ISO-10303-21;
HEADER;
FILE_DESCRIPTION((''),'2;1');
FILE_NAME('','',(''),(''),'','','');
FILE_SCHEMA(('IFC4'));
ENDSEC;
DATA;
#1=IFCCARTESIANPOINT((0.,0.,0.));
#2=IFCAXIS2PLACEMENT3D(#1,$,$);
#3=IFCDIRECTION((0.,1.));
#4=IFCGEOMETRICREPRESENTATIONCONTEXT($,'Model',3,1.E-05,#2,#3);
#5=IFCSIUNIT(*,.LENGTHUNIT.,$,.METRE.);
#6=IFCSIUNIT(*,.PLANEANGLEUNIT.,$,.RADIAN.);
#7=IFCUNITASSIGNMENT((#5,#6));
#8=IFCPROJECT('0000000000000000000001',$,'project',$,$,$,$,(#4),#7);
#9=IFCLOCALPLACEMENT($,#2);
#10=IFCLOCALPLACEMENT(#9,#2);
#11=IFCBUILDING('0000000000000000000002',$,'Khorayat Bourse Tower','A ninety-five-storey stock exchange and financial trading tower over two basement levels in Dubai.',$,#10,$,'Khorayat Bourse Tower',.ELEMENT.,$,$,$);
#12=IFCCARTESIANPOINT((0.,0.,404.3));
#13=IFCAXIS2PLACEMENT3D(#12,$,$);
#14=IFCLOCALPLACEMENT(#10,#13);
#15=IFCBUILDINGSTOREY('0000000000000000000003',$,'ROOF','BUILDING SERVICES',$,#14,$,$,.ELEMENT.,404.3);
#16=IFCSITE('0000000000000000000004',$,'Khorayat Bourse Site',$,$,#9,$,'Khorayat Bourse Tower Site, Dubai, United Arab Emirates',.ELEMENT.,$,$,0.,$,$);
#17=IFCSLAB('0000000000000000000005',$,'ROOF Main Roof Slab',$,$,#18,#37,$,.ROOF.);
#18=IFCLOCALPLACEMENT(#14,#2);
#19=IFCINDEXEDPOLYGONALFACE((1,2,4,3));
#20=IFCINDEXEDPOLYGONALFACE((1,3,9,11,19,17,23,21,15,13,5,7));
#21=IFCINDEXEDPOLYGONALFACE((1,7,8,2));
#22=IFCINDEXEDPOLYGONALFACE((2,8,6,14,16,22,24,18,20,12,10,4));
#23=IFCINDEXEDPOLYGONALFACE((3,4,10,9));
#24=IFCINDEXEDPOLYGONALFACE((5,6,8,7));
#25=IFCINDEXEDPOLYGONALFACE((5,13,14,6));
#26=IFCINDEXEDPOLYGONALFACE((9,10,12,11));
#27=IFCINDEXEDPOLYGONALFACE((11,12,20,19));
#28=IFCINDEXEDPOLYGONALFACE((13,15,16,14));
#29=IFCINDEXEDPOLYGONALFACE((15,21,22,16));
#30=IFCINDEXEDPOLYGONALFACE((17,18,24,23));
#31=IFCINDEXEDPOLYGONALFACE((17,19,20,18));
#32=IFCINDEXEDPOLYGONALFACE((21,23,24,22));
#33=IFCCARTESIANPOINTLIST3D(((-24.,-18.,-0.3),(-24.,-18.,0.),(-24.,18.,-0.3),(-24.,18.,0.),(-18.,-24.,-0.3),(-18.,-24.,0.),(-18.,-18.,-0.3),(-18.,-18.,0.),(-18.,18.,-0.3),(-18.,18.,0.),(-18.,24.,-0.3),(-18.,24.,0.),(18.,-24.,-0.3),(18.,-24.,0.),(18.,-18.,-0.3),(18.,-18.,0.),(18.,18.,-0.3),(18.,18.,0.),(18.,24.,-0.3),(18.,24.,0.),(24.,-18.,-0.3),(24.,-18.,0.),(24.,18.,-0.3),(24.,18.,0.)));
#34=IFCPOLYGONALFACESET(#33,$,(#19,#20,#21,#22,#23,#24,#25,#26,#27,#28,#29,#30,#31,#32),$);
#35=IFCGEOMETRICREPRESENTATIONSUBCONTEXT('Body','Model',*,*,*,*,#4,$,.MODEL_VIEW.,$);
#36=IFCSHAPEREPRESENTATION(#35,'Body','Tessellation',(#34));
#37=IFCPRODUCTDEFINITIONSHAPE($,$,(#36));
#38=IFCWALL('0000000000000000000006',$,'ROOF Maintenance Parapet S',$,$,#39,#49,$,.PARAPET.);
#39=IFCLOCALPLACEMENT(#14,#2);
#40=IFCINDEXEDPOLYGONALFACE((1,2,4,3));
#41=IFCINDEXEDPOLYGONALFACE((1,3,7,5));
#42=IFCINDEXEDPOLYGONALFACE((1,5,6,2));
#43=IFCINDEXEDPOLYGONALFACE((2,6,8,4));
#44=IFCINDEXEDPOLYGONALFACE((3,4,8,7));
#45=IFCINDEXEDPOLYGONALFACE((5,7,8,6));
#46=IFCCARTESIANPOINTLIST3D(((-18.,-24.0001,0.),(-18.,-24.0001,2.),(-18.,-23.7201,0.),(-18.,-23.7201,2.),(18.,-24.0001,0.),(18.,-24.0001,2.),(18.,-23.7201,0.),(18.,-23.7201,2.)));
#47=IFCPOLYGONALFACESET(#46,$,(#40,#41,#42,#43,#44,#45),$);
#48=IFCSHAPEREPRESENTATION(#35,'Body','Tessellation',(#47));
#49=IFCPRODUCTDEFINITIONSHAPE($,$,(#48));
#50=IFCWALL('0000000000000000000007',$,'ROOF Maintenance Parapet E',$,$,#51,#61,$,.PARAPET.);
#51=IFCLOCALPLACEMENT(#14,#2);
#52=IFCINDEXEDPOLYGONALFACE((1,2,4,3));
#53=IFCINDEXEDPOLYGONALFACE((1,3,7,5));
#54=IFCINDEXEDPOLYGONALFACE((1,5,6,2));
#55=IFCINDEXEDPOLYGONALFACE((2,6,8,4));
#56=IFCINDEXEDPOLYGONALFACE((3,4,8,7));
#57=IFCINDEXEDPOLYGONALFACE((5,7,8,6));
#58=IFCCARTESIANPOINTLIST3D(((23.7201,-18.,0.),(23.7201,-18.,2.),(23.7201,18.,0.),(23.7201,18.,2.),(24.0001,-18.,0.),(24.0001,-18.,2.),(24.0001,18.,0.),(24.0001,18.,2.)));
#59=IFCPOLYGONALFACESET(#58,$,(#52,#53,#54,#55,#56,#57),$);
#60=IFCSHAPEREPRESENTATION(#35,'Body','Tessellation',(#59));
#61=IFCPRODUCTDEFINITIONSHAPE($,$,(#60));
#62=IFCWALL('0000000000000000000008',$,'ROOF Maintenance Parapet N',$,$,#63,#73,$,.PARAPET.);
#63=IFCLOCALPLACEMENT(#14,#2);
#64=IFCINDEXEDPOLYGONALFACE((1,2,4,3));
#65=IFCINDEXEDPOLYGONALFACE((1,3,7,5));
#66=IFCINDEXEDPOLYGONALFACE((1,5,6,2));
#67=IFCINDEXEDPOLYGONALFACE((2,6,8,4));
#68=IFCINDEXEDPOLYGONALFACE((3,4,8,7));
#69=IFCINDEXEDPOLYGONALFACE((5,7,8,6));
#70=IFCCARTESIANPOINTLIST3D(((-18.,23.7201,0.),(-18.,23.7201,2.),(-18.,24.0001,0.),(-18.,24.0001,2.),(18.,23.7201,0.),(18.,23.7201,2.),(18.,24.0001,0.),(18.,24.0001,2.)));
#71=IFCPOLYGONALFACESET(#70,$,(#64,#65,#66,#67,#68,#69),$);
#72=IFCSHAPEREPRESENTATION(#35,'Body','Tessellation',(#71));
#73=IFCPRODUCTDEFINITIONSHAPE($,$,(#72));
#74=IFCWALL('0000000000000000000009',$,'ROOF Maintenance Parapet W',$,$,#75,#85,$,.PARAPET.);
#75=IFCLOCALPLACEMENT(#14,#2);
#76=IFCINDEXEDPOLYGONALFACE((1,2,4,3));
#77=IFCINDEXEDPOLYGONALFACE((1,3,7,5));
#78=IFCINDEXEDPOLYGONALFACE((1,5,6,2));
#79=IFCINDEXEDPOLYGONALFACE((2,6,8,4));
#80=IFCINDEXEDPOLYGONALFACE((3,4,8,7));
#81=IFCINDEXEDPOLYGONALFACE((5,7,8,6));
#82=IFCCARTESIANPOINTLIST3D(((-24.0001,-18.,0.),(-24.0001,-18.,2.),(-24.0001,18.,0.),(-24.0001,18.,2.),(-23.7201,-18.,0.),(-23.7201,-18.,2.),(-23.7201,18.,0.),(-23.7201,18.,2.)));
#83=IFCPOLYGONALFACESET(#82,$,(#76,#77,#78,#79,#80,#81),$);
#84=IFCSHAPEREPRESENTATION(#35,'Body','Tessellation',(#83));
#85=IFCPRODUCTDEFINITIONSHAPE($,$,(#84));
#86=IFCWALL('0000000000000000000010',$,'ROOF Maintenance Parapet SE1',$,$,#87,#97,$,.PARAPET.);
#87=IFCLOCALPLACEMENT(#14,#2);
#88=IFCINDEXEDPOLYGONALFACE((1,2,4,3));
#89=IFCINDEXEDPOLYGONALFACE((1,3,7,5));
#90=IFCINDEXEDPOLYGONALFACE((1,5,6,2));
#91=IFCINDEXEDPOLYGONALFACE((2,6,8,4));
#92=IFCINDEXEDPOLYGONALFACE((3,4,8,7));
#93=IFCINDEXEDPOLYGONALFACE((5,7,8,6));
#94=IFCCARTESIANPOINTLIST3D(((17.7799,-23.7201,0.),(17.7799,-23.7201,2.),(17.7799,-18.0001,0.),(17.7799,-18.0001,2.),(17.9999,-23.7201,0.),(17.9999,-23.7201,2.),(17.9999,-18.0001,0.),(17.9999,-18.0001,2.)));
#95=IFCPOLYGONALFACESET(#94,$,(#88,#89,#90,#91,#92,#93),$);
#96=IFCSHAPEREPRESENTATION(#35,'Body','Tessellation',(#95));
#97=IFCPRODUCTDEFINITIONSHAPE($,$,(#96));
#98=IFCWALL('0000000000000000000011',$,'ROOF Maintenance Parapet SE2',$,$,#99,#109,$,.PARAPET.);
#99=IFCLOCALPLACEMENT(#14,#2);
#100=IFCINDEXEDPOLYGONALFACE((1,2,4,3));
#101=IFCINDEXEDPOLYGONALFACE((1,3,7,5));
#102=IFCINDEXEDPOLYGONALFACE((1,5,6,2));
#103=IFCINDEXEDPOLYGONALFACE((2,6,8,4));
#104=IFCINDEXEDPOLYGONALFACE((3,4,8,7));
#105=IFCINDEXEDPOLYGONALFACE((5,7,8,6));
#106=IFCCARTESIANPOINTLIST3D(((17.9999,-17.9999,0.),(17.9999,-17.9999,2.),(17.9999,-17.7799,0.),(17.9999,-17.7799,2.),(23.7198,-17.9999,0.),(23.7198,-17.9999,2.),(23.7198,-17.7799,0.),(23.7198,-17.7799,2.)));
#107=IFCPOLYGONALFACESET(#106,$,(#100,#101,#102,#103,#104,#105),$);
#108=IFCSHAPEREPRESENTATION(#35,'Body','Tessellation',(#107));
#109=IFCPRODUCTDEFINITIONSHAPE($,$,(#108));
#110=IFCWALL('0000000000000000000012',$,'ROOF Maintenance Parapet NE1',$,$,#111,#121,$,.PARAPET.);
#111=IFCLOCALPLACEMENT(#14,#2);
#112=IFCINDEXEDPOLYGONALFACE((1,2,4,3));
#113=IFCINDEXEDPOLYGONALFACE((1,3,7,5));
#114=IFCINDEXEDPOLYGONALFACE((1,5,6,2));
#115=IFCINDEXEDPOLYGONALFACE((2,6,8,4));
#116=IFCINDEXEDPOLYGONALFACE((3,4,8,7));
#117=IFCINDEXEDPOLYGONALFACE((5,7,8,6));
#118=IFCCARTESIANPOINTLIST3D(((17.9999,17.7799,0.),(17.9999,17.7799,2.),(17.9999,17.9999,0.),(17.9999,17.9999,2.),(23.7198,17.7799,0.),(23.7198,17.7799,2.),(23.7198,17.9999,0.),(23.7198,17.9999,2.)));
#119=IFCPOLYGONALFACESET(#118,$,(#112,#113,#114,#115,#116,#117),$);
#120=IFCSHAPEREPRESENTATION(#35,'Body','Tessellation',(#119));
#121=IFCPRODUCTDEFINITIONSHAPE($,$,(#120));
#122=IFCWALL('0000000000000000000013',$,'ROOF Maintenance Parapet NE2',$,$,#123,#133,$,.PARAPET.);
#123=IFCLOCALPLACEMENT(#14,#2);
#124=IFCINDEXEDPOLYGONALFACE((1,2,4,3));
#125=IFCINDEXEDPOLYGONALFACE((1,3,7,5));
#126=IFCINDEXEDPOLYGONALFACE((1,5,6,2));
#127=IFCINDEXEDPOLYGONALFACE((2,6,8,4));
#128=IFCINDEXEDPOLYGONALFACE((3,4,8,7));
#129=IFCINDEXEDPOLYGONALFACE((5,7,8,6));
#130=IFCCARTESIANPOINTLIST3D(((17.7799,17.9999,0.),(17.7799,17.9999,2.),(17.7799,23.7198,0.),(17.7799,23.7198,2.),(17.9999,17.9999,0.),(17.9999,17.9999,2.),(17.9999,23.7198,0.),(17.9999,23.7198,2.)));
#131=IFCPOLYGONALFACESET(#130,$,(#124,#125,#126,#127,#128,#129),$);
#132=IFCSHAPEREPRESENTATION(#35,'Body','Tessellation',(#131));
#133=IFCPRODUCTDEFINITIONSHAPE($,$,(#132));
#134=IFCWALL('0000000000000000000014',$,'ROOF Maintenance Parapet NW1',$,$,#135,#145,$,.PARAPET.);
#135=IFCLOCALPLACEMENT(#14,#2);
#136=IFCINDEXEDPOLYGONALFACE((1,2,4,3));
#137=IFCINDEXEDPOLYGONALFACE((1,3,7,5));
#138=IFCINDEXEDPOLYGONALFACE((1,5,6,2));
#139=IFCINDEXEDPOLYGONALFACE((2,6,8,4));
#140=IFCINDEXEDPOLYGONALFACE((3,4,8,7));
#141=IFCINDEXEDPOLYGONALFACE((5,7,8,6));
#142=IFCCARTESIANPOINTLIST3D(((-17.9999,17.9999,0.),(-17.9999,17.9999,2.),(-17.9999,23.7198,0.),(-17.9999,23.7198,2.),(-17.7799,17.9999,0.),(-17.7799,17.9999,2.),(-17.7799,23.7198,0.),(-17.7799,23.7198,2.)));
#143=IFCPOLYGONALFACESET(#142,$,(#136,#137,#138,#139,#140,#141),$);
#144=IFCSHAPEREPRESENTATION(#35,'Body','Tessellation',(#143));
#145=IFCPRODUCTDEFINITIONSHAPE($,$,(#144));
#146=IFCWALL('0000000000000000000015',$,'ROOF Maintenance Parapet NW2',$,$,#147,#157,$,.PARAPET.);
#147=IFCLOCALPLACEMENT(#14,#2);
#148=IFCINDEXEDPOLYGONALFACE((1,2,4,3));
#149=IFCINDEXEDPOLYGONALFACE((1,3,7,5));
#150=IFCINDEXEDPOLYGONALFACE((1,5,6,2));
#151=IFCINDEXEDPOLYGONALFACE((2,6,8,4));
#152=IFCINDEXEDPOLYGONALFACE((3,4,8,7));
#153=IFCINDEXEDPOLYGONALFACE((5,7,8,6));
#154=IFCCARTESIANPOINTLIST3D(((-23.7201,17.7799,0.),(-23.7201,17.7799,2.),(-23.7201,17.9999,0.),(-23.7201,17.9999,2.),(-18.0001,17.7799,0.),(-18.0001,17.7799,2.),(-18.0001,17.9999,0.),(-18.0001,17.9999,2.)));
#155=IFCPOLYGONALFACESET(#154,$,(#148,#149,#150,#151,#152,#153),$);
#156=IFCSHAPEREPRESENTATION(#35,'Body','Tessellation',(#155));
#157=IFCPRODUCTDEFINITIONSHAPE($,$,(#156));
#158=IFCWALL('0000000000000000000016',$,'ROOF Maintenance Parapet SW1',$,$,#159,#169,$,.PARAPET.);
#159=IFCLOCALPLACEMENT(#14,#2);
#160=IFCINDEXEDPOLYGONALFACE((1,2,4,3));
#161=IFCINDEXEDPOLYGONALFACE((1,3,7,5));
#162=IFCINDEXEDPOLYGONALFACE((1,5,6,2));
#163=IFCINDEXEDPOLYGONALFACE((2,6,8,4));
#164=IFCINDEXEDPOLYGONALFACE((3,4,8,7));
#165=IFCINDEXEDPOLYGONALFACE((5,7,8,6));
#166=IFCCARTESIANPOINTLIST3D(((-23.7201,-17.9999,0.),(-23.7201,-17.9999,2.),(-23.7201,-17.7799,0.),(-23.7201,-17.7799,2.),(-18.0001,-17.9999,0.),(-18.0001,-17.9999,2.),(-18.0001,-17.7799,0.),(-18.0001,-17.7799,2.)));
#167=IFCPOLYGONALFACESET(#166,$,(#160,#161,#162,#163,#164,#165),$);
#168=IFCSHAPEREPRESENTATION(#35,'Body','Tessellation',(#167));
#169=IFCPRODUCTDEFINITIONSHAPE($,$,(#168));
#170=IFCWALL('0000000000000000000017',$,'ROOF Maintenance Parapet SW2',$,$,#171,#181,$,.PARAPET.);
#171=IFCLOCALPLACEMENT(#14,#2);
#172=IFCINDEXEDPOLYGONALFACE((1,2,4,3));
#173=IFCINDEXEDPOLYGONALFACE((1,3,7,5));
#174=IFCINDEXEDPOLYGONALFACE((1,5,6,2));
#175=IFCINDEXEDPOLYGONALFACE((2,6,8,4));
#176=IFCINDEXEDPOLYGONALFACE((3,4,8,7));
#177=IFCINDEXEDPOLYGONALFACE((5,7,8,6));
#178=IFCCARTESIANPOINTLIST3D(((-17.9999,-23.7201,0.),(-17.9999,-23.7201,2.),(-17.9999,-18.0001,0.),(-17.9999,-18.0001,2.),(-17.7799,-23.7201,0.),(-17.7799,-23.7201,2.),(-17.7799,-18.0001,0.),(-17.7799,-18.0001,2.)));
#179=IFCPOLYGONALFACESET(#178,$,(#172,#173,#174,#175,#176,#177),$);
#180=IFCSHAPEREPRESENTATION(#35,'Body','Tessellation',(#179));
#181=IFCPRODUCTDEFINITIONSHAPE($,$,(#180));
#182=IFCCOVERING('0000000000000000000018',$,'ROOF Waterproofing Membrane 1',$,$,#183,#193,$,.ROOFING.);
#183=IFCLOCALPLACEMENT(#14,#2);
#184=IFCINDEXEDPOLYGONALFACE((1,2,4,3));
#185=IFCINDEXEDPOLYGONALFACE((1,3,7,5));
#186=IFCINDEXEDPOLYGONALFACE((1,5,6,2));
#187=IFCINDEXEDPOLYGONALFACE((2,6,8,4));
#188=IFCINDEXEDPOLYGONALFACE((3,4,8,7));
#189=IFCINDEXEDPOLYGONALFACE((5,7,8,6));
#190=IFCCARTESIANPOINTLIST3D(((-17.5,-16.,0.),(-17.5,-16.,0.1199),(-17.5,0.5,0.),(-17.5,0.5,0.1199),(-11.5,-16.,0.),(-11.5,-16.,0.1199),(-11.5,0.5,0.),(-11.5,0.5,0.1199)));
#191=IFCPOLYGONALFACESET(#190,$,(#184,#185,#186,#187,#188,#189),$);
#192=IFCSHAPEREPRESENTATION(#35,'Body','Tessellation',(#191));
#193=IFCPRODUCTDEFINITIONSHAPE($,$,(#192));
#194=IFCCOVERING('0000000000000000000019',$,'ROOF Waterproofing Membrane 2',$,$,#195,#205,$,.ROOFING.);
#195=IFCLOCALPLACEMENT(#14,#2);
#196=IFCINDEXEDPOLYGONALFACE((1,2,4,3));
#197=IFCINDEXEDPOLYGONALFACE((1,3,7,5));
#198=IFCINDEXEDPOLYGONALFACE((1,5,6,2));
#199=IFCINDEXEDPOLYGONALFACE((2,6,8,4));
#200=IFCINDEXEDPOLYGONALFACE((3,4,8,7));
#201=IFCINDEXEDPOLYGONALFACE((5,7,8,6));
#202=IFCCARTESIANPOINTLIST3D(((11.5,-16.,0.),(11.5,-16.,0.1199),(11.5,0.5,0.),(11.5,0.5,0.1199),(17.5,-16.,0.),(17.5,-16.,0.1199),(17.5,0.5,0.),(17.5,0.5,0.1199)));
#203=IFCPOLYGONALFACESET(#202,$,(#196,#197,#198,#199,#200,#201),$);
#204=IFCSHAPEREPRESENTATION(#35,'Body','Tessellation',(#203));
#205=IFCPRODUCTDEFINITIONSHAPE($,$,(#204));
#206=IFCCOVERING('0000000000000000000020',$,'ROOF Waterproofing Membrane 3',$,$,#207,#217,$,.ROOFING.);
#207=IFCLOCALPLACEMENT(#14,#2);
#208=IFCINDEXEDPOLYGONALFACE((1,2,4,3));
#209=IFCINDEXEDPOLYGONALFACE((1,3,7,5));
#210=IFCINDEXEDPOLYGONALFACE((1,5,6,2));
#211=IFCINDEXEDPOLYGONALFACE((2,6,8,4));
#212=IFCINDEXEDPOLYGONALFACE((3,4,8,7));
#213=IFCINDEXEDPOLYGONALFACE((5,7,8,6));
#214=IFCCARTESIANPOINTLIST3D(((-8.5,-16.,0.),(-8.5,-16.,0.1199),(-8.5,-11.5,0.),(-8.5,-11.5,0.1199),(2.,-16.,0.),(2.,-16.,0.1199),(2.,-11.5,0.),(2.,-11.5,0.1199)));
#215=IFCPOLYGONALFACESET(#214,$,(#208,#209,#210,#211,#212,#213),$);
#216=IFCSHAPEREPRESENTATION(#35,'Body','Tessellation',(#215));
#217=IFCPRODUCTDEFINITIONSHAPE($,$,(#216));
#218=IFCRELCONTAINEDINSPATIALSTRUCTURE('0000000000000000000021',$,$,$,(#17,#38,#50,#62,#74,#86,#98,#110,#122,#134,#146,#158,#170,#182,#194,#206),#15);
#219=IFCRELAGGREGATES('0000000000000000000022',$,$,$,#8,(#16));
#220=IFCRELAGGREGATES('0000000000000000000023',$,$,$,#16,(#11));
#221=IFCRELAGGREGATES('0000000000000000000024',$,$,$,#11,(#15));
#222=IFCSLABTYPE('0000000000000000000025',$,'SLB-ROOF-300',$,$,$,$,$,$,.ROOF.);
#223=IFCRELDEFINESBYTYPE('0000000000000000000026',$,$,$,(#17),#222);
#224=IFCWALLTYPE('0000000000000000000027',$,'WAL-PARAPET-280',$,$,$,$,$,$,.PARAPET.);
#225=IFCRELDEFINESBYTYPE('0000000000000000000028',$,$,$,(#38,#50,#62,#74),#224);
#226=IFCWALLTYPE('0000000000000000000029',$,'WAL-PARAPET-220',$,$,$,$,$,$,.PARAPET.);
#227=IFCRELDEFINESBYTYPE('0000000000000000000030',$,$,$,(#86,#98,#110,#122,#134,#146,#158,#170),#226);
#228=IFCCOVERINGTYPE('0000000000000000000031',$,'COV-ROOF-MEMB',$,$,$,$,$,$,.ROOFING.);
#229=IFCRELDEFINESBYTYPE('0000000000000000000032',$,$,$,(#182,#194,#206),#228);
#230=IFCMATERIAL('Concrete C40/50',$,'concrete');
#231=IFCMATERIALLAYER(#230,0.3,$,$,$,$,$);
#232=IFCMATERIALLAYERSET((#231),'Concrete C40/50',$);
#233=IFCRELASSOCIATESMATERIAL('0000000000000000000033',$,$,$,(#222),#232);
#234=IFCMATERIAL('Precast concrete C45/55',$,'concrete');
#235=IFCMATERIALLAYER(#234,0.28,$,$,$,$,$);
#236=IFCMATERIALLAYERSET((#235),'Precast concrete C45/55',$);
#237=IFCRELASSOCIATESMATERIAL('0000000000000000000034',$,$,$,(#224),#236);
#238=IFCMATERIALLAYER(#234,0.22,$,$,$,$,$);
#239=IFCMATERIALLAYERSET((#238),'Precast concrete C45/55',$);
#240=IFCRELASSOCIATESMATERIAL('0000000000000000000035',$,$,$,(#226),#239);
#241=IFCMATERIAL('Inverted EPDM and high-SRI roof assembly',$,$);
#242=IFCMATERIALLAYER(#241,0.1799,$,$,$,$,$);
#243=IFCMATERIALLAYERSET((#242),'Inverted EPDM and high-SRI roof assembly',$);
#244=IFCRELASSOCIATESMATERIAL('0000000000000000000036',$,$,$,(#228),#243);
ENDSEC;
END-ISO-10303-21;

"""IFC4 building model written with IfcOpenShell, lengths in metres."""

from ifc_helpers import new_model, si_unit, direction, frame, frame_2d, origin, place, context, subcontext, project, spatial, polyline, rectangle, outline, extrude, source, transform, mapped, material, layer, layer_set, type_object, element, save


model = new_model("IFC4")

# Units and contexts
model_context = context("Model", 3, precision=1e-05, world=origin(), true_north=direction((0.0, 1.0)))
body_context = subcontext(model_context, "Body", "Model", "MODEL_VIEW")
ifc_project = project(units=[si_unit("LENGTHUNIT", "METRE"), si_unit("PLANEANGLEUNIT", "RADIAN")], contexts=[model_context])

# Site, building, storey
site_placement = place(None, origin())
site = spatial("IfcSite", under=ifc_project, at=site_placement, Name="Khorayat Bourse Site", LongName="Khorayat Bourse Tower Site, Dubai, United Arab Emirates", CompositionType="ELEMENT", RefElevation=0.0)
building_placement = place(site_placement, origin())
building = spatial("IfcBuilding", under=site, at=building_placement, Name="Khorayat Bourse Tower", Description="A ninety-five-storey stock exchange and financial trading tower over two basement levels in Dubai.", LongName="Khorayat Bourse Tower", CompositionType="ELEMENT")
storey_placement = place(building_placement, frame((0.0, 0.0, 404.3)))
storey = spatial("IfcBuildingStorey", under=building, at=storey_placement, Name="ROOF", Description="BUILDING SERVICES", CompositionType="ELEMENT", Elevation=404.3)

# Slab
ifc_material_1 = material(Name="Concrete C40/50", Category="concrete")
ifc_layer_1 = layer(ifc_material_1, 0.3)
ifc_layer_set_1 = layer_set([ifc_layer_1], Name="Concrete C40/50")
slab_type = type_object("IfcSlabType", Name="SLB-ROOF-300", PredefinedType="ROOF", material=ifc_layer_set_1)
slab_placement = place(storey_placement, frame((0.0, 0.0, -0.3)))
element("IfcSlab", 1, at=slab_placement, inside=storey, type_object=slab_type, Name="ROOF Main Roof Slab", PredefinedType="ROOF", context=body_context, shape_type="SweptSolid", body=[
    extrude(outline(polyline([(-18.0, -24.0), (18.0, -24.0), (18.0, -18.0), (24.0, -18.0), (24.0, 18.0), (18.0, 18.0), (18.0, 24.0), (-18.0, 24.0), (-18.0, 18.0), (-24.0, 18.0), (-24.0, -18.0), (-18.0, -18.0), (-18.0, -24.0)])), origin(), (0.0, 0.0, 1.0), 0.3),
])

# Walls
ifc_material_2 = material(Name="Precast concrete C45/55", Category="concrete")
ifc_layer_2 = layer(ifc_material_2, 0.28)
ifc_layer_set_2 = layer_set([ifc_layer_2], Name="Precast concrete C45/55")
wall_type_1 = type_object("IfcWallType", Name="WAL-PARAPET-280", PredefinedType="PARAPET", material=ifc_layer_set_2)
shared_shape_1 = source(origin(), body_context, "Body", "SweptSolid", [
    extrude(rectangle(XDim=36.0, YDim=0.28, at=frame_2d((18.0, 0.0))), origin(), (0.0, 0.0, 1.0), 2.0),
])
for number, where, z_axis, x_axis, name in (
    (2, (-18.0, -23.8601, 0.0), (0.0, 0.0, 1.0), (1.0, 0.0, 0.0), "ROOF Maintenance Parapet S"),
    (3, (23.8601, -18.0, 0.0), (0.0, 0.0, 1.0), (0.0, 1.0, 0.0), "ROOF Maintenance Parapet E"),
    (4, (-18.0, 23.8601, 0.0), (0.0, 0.0, 1.0), (1.0, 0.0, 0.0), "ROOF Maintenance Parapet N"),
    (5, (-23.8601, -18.0, 0.0), (0.0, 0.0, 1.0), (0.0, 1.0, 0.0), "ROOF Maintenance Parapet W"),
):
    element("IfcWall", number, at=place(storey_placement, frame(where, z_axis=z_axis, x_axis=x_axis)), inside=storey, type_object=wall_type_1, Name=name, PredefinedType="PARAPET", context=body_context, shape_type="MappedRepresentation", body=[
        mapped(shared_shape_1, transform((0.0, 0.0, 0.0), scale=1.0)),
    ])
ifc_layer_3 = layer(ifc_material_2, 0.22)
ifc_layer_set_3 = layer_set([ifc_layer_3], Name="Precast concrete C45/55")
wall_type_2 = type_object("IfcWallType", Name="WAL-PARAPET-220", PredefinedType="PARAPET", material=ifc_layer_set_3)
shared_shape_2 = source(origin(), body_context, "Body", "SweptSolid", [
    extrude(rectangle(XDim=5.72, YDim=0.22, at=frame_2d((2.8599, 0.0))), origin(), (0.0, 0.0, 1.0), 2.0),
])
for number, where, z_axis, x_axis, name in (
    (6, (17.8899, -23.72, 0.0), (0.0, 0.0, 1.0), (0.0, 1.0, 0.0), "ROOF Maintenance Parapet SE1"),
    (7, (18.0, -17.8899, 0.0), (0.0, 0.0, 1.0), (1.0, 0.0, 0.0), "ROOF Maintenance Parapet SE2"),
    (8, (18.0, 17.8899, 0.0), (0.0, 0.0, 1.0), (1.0, 0.0, 0.0), "ROOF Maintenance Parapet NE1"),
    (9, (17.8899, 18.0, 0.0), (0.0, 0.0, 1.0), (0.0, 1.0, 0.0), "ROOF Maintenance Parapet NE2"),
    (10, (-17.8899, 18.0, 0.0), (0.0, 0.0, 1.0), (0.0, 1.0, 0.0), "ROOF Maintenance Parapet NW1"),
    (11, (-23.72, 17.8899, 0.0), (0.0, 0.0, 1.0), (1.0, 0.0, 0.0), "ROOF Maintenance Parapet NW2"),
    (12, (-23.72, -17.8899, 0.0), (0.0, 0.0, 1.0), (1.0, 0.0, 0.0), "ROOF Maintenance Parapet SW1"),
    (13, (-17.8899, -23.72, 0.0), (0.0, 0.0, 1.0), (0.0, 1.0, 0.0), "ROOF Maintenance Parapet SW2"),
):
    element("IfcWall", number, at=place(storey_placement, frame(where, z_axis=z_axis, x_axis=x_axis)), inside=storey, type_object=wall_type_2, Name=name, PredefinedType="PARAPET", context=body_context, shape_type="MappedRepresentation", body=[
        mapped(shared_shape_2, transform((0.0, 0.0, 0.0), scale=1.0)),
    ])

# Coverings
ifc_material_3 = material(Name="Inverted EPDM and high-SRI roof assembly")
ifc_layer_4 = layer(ifc_material_3, 0.1799)
ifc_layer_set_4 = layer_set([ifc_layer_4], Name="Inverted EPDM and high-SRI roof assembly")
covering_type = type_object("IfcCoveringType", Name="COV-ROOF-MEMB", PredefinedType="ROOFING", material=ifc_layer_set_4)
covering_1_placement = place(storey_placement, origin())
element("IfcCovering", 14, at=covering_1_placement, inside=storey, type_object=covering_type, Name="ROOF Waterproofing Membrane 1", PredefinedType="ROOFING", context=body_context, shape_type="SweptSolid", body=[
    extrude(outline(polyline([(-17.5, -16.0), (-11.5, -16.0), (-11.5, 0.5), (-17.5, 0.5), (-17.5, -16.0)])), origin(), (0.0, 0.0, 1.0), 0.1199),
])
covering_2_placement = place(storey_placement, origin())
element("IfcCovering", 15, at=covering_2_placement, inside=storey, type_object=covering_type, Name="ROOF Waterproofing Membrane 2", PredefinedType="ROOFING", context=body_context, shape_type="SweptSolid", body=[
    extrude(outline(polyline([(11.5, -16.0), (17.5, -16.0), (17.5, 0.5), (11.5, 0.5), (11.5, -16.0)])), origin(), (0.0, 0.0, 1.0), 0.1199),
])
covering_3_placement = place(storey_placement, origin())
element("IfcCovering", 16, at=covering_3_placement, inside=storey, type_object=covering_type, Name="ROOF Waterproofing Membrane 3", PredefinedType="ROOFING", context=body_context, shape_type="SweptSolid", body=[
    extrude(outline(polyline([(-8.5, -16.0), (2.0, -16.0), (2.0, -11.5), (-8.5, -11.5), (-8.5, -16.0)])), origin(), (0.0, 0.0, 1.0), 0.1199),
])

save(model, "model.ifc")
